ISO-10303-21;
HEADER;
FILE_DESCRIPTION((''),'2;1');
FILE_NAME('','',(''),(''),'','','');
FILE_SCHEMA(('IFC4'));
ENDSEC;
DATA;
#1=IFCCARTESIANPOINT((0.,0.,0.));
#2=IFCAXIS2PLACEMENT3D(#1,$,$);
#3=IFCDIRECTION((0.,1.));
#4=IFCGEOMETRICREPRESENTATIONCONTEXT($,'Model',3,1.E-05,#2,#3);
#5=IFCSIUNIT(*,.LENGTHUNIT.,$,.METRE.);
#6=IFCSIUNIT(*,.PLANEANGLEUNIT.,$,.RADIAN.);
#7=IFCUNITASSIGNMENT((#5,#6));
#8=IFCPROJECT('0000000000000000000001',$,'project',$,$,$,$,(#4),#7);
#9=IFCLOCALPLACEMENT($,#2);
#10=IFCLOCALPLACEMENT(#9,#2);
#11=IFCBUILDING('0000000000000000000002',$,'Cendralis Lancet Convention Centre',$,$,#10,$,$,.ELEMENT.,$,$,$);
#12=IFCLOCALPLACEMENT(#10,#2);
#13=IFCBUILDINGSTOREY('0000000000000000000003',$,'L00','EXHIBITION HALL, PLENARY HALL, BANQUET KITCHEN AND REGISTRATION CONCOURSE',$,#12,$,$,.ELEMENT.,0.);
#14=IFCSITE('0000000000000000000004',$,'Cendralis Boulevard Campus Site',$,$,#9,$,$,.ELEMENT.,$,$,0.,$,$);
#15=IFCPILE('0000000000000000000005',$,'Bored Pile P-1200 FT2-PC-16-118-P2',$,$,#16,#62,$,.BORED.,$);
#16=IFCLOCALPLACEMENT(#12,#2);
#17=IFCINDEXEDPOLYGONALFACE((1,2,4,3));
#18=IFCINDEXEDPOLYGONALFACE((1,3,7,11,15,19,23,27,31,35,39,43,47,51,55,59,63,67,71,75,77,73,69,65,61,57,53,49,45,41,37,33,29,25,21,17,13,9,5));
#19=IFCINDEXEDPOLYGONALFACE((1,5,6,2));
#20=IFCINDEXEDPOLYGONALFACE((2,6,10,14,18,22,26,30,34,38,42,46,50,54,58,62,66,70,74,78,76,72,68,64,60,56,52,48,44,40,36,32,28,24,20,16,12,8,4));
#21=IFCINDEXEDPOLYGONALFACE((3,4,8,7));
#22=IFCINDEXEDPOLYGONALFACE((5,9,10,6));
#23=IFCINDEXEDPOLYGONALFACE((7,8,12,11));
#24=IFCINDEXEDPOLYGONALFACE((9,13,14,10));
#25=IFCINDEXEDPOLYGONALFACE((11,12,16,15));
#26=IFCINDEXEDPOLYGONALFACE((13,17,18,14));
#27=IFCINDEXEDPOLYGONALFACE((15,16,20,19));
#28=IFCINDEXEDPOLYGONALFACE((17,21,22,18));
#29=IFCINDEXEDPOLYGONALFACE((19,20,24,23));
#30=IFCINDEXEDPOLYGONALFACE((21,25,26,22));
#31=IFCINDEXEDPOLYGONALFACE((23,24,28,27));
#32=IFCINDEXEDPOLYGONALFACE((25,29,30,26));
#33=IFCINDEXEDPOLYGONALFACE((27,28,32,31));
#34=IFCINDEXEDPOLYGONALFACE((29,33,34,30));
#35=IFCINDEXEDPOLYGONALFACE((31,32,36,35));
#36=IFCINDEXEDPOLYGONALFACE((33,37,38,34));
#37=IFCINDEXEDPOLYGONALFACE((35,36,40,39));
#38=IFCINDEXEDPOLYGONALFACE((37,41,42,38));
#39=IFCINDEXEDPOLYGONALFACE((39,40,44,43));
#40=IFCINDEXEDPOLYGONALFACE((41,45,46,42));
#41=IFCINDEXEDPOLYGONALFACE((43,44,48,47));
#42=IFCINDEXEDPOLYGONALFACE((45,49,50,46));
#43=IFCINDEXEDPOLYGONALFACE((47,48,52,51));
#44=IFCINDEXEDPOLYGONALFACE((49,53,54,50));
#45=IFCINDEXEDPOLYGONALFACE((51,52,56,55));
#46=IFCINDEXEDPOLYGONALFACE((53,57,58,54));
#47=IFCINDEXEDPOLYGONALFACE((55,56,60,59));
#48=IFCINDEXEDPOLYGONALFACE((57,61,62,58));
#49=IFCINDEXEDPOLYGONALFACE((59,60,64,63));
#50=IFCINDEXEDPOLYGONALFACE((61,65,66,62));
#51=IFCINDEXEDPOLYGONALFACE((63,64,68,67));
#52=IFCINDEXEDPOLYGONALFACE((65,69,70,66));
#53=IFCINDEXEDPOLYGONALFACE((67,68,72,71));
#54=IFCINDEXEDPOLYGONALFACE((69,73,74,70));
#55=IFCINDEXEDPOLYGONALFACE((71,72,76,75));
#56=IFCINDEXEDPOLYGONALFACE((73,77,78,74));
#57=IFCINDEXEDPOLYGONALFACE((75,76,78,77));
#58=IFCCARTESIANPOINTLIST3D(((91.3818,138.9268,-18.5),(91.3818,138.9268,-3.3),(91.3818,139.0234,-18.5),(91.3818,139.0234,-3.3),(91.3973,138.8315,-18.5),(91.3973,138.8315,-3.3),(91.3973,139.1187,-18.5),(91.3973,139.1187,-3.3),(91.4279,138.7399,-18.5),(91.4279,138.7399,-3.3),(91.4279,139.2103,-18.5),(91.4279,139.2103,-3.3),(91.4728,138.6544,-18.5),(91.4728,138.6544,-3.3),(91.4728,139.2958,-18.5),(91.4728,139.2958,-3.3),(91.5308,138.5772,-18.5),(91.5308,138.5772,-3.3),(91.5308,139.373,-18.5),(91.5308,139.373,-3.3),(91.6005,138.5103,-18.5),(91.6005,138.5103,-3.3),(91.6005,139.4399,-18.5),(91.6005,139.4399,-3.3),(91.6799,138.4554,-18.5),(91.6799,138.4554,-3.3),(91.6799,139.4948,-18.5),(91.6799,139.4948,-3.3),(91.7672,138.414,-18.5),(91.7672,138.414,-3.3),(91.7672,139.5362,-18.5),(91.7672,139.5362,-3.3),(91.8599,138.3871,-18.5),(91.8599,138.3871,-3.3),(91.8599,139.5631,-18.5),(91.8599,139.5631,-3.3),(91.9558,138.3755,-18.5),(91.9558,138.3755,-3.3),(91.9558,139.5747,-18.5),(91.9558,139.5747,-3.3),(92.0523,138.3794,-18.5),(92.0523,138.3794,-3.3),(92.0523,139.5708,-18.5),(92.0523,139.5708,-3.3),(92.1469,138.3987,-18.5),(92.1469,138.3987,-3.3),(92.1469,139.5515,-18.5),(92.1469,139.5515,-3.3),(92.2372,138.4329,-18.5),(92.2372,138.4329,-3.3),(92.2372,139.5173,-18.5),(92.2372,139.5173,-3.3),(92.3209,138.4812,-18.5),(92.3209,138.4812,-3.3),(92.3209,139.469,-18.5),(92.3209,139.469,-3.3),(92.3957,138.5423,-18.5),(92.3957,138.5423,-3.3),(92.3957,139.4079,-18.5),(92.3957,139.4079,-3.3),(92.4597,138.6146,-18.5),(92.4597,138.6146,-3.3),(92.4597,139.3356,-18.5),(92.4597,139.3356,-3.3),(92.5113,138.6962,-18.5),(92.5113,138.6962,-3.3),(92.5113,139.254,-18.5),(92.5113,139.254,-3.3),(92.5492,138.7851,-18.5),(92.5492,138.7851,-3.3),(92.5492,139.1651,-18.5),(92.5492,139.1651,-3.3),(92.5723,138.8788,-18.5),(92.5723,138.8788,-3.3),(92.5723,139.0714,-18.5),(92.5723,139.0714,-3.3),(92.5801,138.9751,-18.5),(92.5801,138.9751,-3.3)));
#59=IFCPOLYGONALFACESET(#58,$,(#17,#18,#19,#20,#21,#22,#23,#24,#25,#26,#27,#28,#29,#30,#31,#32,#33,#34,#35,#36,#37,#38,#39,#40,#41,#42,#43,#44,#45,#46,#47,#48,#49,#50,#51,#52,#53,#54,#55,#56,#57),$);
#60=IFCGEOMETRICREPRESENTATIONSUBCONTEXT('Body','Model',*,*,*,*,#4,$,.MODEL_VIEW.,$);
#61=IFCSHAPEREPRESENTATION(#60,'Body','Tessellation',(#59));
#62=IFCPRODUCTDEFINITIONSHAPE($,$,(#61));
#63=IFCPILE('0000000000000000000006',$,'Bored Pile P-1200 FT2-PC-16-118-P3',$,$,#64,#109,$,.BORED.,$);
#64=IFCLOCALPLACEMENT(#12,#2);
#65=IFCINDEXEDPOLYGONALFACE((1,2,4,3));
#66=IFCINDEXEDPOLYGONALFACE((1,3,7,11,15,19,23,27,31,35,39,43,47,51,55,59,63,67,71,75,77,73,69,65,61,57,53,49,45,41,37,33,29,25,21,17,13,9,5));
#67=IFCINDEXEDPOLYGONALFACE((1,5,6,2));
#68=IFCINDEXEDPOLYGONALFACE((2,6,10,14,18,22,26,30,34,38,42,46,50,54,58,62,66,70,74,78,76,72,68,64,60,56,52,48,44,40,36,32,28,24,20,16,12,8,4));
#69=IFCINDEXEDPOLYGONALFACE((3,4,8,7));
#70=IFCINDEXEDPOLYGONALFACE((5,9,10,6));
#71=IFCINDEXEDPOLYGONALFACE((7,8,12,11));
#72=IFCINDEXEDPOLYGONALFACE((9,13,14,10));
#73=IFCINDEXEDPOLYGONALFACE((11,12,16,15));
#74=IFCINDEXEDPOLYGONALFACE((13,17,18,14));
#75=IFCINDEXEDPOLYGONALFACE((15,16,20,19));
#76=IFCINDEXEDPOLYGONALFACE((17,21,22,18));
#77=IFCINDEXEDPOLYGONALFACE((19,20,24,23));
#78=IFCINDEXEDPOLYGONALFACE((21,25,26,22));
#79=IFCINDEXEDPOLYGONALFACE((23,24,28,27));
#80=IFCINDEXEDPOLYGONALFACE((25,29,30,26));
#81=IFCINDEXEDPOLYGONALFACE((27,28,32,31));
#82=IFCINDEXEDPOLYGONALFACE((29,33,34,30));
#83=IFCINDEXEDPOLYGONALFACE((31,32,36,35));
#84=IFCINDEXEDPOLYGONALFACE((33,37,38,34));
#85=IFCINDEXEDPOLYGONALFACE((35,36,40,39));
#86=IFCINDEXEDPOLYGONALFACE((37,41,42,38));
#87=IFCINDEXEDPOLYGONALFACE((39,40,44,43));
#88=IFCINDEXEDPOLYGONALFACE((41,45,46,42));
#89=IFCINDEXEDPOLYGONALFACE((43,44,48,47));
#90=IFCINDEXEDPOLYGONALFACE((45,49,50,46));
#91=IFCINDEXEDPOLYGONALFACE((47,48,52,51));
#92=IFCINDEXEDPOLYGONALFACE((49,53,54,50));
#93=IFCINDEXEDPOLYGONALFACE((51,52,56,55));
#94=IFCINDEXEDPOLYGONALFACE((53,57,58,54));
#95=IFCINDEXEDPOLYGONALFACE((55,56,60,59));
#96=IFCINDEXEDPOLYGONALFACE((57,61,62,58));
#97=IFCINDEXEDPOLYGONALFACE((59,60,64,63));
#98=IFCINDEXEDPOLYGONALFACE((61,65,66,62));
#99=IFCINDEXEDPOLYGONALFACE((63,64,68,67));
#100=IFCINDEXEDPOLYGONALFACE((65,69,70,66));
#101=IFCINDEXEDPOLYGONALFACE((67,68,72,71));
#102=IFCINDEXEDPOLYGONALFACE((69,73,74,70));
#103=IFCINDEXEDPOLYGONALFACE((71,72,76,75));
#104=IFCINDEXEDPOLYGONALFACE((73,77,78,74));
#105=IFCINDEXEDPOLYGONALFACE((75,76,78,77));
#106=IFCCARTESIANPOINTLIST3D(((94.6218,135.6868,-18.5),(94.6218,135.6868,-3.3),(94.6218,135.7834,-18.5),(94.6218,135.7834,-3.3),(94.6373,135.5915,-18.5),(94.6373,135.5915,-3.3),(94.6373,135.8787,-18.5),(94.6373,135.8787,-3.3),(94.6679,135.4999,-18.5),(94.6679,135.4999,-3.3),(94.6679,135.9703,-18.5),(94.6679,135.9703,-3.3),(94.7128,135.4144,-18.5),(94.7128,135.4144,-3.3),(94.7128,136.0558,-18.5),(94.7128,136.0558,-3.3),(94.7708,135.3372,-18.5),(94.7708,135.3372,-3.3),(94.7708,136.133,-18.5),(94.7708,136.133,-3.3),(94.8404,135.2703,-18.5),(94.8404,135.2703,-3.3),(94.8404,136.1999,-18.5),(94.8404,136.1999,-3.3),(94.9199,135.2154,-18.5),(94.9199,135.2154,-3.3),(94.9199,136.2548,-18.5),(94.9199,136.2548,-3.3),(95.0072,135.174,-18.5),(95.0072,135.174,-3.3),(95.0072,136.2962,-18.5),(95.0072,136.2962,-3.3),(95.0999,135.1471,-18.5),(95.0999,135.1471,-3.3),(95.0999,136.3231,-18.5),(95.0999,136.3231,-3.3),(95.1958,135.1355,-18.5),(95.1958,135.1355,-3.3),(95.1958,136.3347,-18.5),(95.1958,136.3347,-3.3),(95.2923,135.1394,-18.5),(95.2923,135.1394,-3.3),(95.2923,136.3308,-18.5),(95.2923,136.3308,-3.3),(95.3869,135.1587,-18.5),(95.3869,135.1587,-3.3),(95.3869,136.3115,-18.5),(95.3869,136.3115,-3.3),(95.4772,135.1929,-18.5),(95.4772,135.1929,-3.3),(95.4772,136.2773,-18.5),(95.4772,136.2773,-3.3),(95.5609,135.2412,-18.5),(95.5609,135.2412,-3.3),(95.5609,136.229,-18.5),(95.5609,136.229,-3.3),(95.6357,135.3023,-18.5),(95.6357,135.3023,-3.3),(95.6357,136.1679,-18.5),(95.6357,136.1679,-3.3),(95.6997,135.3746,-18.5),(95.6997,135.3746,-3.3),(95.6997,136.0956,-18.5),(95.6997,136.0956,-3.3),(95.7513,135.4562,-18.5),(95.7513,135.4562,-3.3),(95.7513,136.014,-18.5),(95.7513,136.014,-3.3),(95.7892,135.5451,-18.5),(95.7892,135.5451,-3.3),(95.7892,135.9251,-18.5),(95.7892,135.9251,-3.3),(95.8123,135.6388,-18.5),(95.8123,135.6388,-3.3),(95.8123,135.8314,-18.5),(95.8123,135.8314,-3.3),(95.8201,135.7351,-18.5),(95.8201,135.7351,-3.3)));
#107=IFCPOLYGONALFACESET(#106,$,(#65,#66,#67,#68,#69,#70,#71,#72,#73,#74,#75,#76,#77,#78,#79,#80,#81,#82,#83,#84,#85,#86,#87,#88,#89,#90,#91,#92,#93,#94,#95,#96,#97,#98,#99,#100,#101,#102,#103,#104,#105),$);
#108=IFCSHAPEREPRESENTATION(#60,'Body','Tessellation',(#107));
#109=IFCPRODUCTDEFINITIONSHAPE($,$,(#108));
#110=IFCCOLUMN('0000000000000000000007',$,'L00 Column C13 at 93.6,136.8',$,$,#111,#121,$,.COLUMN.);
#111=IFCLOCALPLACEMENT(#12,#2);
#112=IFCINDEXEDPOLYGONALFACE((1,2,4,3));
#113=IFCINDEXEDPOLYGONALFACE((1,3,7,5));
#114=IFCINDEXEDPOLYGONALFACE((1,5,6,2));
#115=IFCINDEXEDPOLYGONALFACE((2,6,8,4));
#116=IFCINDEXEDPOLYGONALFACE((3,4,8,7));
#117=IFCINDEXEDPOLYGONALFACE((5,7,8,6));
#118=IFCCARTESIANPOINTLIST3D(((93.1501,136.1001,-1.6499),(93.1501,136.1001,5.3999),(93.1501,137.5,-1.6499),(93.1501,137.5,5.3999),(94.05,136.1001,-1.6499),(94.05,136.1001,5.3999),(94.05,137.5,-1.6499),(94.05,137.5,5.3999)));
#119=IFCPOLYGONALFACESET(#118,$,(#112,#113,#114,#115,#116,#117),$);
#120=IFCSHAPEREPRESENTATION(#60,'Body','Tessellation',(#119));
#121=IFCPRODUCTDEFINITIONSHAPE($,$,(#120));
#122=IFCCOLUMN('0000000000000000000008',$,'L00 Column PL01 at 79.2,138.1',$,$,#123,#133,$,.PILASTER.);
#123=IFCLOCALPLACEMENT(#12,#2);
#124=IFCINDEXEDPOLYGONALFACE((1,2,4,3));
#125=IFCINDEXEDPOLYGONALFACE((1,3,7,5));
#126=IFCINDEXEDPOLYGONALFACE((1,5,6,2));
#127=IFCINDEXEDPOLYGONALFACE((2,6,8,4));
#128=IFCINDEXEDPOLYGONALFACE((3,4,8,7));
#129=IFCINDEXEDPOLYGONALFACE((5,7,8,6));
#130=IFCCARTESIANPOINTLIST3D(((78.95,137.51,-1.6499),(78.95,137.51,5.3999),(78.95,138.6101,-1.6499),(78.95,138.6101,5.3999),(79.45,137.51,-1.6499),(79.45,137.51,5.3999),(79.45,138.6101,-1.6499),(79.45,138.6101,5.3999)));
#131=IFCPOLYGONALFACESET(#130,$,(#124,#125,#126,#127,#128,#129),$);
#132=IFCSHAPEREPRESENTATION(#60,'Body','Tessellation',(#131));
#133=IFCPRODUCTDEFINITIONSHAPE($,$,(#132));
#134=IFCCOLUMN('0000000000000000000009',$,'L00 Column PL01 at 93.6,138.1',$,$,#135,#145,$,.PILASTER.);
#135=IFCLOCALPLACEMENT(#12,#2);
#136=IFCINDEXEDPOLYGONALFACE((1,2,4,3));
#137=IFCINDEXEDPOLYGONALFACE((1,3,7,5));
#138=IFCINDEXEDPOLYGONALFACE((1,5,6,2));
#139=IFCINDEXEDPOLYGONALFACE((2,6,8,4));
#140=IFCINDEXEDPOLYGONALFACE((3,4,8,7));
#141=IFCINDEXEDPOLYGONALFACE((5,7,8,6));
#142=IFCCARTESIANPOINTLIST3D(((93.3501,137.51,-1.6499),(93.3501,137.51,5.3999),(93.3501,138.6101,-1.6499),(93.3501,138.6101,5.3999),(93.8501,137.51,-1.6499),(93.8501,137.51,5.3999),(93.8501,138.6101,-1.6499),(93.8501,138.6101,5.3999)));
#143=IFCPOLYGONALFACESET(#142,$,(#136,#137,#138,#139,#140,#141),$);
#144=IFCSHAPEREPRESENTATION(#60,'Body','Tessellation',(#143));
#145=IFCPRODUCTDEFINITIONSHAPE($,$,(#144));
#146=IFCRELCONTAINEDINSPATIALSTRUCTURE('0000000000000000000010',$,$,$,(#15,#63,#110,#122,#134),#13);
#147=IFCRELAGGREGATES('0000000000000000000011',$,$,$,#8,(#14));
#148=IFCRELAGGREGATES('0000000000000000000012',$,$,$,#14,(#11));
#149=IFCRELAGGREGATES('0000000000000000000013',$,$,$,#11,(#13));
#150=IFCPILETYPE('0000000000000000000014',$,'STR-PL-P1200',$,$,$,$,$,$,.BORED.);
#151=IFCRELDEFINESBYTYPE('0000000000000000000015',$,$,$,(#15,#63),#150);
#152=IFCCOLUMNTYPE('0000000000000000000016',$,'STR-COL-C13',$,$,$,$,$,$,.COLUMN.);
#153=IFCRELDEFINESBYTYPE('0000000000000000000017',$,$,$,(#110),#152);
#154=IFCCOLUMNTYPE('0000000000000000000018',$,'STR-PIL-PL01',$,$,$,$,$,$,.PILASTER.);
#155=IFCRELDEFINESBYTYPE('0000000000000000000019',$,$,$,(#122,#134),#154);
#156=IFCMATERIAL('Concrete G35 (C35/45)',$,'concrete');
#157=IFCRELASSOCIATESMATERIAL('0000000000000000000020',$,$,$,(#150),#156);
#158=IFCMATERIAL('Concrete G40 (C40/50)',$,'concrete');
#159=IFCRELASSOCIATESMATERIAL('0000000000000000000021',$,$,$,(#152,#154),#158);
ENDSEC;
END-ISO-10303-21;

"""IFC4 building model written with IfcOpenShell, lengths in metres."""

from ifc_helpers import new_model, si_unit, direction, frame, origin, origin_2d, place, context, subcontext, project, spatial, rectangle, circle, extrude, material, material_profile, profile_set, type_object, element, save


model = new_model("IFC4")

# Units and contexts
model_context = context("Model", 3, precision=1e-05, world=origin(), true_north=direction((0.0, 1.0)))
body_context = subcontext(model_context, "Body", "Model", "MODEL_VIEW")
ifc_project = project(units=[si_unit("LENGTHUNIT", "METRE"), si_unit("PLANEANGLEUNIT", "RADIAN")], contexts=[model_context])

# Site, building, storey
site_placement = place(None, origin())
site = spatial("IfcSite", under=ifc_project, at=site_placement, Name="Cendralis Boulevard Campus Site", CompositionType="ELEMENT", RefElevation=0.0)
building_placement = place(site_placement, origin())
building = spatial("IfcBuilding", under=site, at=building_placement, Name="Cendralis Lancet Convention Centre", CompositionType="ELEMENT")
storey_placement = place(building_placement, origin())
storey = spatial("IfcBuildingStorey", under=building, at=storey_placement, Name="L00", Description="EXHIBITION HALL, PLENARY HALL, BANQUET KITCHEN AND REGISTRATION CONCOURSE", CompositionType="ELEMENT", Elevation=0.0)

# Shared definitions
ifc_material_1 = material(Name="Concrete G35 (C35/45)", Category="concrete")

# Piles
ifc_material_profile_1 = material_profile(ifc_material_1, circle(Radius=0.6001, at=origin_2d()), Name="BORED PILE D1200")
ifc_profile_set_1 = profile_set([ifc_material_profile_1], Name="Concrete G35 (C35/45)")
pile_type = type_object("IfcPileType", Name="STR-PL-P1200", PredefinedType="BORED", material=ifc_profile_set_1)
for number, where, z_axis, x_axis, name in (
    (1, (91.98, 138.9751, -3.3), (0.0, 0.0, -1.0), (1.0, 0.0, 0.0), "Bored Pile P-1200 FT2-PC-16-118-P2"),
    (2, (95.22, 135.7351, -3.3), (0.0, 0.0, -1.0), (1.0, 0.0, 0.0), "Bored Pile P-1200 FT2-PC-16-118-P3"),
):
    element("IfcPile", number, at=place(storey_placement, frame(where, z_axis=z_axis, x_axis=x_axis)), inside=storey, type_object=pile_type, Name=name, PredefinedType="BORED", context=body_context, shape_type="SweptSolid", body=[
        extrude(circle(Radius=0.6001, at=origin_2d()), origin(), (0.0, 0.0, 1.0), 15.2),
    ])

# Columns
ifc_material_2 = material(Name="Concrete G40 (C40/50)", Category="concrete")
ifc_material_profile_2 = material_profile(ifc_material_2, rectangle(XDim=0.8999, YDim=1.3999, at=origin_2d()), Name="RC 900x1400")
ifc_profile_set_2 = profile_set([ifc_material_profile_2], Name="Concrete G40 (C40/50)")
column_type_1 = type_object("IfcColumnType", Name="STR-COL-C13", PredefinedType="COLUMN", material=ifc_profile_set_2)
column_placement = place(storey_placement, frame((93.6001, 136.8, -1.6499), z_axis=(0.0, 0.0, 1.0), x_axis=(1.0, 0.0, 0.0)))
element("IfcColumn", 3, at=column_placement, inside=storey, type_object=column_type_1, Name="L00 Column C13 at 93.6,136.8", PredefinedType="COLUMN", context=body_context, shape_type="SweptSolid", body=[
    extrude(rectangle(XDim=0.8999, YDim=1.3999, at=origin_2d()), origin(), (0.0, 0.0, 1.0), 7.0498),
])
ifc_material_profile_3 = material_profile(ifc_material_2, rectangle(XDim=0.5, YDim=1.1001, at=origin_2d()), Name="RC 500x1100")
ifc_profile_set_3 = profile_set([ifc_material_profile_3], Name="Concrete G40 (C40/50)")
column_type_2 = type_object("IfcColumnType", Name="STR-PIL-PL01", PredefinedType="PILASTER", material=ifc_profile_set_3)
for number, where, z_axis, x_axis, name in (
    (4, (79.2, 138.0601, -1.6499), (0.0, 0.0, 1.0), (1.0, 0.0, 0.0), "L00 Column PL01 at 79.2,138.1"),
    (5, (93.6001, 138.0601, -1.6499), (0.0, 0.0, 1.0), (1.0, 0.0, 0.0), "L00 Column PL01 at 93.6,138.1"),
):
    element("IfcColumn", number, at=place(storey_placement, frame(where, z_axis=z_axis, x_axis=x_axis)), inside=storey, type_object=column_type_2, Name=name, PredefinedType="PILASTER", context=body_context, shape_type="SweptSolid", body=[
        extrude(rectangle(XDim=0.5, YDim=1.1001, at=origin_2d()), origin(), (0.0, 0.0, 1.0), 7.0498),
    ])

save(model, "model.ifc")
